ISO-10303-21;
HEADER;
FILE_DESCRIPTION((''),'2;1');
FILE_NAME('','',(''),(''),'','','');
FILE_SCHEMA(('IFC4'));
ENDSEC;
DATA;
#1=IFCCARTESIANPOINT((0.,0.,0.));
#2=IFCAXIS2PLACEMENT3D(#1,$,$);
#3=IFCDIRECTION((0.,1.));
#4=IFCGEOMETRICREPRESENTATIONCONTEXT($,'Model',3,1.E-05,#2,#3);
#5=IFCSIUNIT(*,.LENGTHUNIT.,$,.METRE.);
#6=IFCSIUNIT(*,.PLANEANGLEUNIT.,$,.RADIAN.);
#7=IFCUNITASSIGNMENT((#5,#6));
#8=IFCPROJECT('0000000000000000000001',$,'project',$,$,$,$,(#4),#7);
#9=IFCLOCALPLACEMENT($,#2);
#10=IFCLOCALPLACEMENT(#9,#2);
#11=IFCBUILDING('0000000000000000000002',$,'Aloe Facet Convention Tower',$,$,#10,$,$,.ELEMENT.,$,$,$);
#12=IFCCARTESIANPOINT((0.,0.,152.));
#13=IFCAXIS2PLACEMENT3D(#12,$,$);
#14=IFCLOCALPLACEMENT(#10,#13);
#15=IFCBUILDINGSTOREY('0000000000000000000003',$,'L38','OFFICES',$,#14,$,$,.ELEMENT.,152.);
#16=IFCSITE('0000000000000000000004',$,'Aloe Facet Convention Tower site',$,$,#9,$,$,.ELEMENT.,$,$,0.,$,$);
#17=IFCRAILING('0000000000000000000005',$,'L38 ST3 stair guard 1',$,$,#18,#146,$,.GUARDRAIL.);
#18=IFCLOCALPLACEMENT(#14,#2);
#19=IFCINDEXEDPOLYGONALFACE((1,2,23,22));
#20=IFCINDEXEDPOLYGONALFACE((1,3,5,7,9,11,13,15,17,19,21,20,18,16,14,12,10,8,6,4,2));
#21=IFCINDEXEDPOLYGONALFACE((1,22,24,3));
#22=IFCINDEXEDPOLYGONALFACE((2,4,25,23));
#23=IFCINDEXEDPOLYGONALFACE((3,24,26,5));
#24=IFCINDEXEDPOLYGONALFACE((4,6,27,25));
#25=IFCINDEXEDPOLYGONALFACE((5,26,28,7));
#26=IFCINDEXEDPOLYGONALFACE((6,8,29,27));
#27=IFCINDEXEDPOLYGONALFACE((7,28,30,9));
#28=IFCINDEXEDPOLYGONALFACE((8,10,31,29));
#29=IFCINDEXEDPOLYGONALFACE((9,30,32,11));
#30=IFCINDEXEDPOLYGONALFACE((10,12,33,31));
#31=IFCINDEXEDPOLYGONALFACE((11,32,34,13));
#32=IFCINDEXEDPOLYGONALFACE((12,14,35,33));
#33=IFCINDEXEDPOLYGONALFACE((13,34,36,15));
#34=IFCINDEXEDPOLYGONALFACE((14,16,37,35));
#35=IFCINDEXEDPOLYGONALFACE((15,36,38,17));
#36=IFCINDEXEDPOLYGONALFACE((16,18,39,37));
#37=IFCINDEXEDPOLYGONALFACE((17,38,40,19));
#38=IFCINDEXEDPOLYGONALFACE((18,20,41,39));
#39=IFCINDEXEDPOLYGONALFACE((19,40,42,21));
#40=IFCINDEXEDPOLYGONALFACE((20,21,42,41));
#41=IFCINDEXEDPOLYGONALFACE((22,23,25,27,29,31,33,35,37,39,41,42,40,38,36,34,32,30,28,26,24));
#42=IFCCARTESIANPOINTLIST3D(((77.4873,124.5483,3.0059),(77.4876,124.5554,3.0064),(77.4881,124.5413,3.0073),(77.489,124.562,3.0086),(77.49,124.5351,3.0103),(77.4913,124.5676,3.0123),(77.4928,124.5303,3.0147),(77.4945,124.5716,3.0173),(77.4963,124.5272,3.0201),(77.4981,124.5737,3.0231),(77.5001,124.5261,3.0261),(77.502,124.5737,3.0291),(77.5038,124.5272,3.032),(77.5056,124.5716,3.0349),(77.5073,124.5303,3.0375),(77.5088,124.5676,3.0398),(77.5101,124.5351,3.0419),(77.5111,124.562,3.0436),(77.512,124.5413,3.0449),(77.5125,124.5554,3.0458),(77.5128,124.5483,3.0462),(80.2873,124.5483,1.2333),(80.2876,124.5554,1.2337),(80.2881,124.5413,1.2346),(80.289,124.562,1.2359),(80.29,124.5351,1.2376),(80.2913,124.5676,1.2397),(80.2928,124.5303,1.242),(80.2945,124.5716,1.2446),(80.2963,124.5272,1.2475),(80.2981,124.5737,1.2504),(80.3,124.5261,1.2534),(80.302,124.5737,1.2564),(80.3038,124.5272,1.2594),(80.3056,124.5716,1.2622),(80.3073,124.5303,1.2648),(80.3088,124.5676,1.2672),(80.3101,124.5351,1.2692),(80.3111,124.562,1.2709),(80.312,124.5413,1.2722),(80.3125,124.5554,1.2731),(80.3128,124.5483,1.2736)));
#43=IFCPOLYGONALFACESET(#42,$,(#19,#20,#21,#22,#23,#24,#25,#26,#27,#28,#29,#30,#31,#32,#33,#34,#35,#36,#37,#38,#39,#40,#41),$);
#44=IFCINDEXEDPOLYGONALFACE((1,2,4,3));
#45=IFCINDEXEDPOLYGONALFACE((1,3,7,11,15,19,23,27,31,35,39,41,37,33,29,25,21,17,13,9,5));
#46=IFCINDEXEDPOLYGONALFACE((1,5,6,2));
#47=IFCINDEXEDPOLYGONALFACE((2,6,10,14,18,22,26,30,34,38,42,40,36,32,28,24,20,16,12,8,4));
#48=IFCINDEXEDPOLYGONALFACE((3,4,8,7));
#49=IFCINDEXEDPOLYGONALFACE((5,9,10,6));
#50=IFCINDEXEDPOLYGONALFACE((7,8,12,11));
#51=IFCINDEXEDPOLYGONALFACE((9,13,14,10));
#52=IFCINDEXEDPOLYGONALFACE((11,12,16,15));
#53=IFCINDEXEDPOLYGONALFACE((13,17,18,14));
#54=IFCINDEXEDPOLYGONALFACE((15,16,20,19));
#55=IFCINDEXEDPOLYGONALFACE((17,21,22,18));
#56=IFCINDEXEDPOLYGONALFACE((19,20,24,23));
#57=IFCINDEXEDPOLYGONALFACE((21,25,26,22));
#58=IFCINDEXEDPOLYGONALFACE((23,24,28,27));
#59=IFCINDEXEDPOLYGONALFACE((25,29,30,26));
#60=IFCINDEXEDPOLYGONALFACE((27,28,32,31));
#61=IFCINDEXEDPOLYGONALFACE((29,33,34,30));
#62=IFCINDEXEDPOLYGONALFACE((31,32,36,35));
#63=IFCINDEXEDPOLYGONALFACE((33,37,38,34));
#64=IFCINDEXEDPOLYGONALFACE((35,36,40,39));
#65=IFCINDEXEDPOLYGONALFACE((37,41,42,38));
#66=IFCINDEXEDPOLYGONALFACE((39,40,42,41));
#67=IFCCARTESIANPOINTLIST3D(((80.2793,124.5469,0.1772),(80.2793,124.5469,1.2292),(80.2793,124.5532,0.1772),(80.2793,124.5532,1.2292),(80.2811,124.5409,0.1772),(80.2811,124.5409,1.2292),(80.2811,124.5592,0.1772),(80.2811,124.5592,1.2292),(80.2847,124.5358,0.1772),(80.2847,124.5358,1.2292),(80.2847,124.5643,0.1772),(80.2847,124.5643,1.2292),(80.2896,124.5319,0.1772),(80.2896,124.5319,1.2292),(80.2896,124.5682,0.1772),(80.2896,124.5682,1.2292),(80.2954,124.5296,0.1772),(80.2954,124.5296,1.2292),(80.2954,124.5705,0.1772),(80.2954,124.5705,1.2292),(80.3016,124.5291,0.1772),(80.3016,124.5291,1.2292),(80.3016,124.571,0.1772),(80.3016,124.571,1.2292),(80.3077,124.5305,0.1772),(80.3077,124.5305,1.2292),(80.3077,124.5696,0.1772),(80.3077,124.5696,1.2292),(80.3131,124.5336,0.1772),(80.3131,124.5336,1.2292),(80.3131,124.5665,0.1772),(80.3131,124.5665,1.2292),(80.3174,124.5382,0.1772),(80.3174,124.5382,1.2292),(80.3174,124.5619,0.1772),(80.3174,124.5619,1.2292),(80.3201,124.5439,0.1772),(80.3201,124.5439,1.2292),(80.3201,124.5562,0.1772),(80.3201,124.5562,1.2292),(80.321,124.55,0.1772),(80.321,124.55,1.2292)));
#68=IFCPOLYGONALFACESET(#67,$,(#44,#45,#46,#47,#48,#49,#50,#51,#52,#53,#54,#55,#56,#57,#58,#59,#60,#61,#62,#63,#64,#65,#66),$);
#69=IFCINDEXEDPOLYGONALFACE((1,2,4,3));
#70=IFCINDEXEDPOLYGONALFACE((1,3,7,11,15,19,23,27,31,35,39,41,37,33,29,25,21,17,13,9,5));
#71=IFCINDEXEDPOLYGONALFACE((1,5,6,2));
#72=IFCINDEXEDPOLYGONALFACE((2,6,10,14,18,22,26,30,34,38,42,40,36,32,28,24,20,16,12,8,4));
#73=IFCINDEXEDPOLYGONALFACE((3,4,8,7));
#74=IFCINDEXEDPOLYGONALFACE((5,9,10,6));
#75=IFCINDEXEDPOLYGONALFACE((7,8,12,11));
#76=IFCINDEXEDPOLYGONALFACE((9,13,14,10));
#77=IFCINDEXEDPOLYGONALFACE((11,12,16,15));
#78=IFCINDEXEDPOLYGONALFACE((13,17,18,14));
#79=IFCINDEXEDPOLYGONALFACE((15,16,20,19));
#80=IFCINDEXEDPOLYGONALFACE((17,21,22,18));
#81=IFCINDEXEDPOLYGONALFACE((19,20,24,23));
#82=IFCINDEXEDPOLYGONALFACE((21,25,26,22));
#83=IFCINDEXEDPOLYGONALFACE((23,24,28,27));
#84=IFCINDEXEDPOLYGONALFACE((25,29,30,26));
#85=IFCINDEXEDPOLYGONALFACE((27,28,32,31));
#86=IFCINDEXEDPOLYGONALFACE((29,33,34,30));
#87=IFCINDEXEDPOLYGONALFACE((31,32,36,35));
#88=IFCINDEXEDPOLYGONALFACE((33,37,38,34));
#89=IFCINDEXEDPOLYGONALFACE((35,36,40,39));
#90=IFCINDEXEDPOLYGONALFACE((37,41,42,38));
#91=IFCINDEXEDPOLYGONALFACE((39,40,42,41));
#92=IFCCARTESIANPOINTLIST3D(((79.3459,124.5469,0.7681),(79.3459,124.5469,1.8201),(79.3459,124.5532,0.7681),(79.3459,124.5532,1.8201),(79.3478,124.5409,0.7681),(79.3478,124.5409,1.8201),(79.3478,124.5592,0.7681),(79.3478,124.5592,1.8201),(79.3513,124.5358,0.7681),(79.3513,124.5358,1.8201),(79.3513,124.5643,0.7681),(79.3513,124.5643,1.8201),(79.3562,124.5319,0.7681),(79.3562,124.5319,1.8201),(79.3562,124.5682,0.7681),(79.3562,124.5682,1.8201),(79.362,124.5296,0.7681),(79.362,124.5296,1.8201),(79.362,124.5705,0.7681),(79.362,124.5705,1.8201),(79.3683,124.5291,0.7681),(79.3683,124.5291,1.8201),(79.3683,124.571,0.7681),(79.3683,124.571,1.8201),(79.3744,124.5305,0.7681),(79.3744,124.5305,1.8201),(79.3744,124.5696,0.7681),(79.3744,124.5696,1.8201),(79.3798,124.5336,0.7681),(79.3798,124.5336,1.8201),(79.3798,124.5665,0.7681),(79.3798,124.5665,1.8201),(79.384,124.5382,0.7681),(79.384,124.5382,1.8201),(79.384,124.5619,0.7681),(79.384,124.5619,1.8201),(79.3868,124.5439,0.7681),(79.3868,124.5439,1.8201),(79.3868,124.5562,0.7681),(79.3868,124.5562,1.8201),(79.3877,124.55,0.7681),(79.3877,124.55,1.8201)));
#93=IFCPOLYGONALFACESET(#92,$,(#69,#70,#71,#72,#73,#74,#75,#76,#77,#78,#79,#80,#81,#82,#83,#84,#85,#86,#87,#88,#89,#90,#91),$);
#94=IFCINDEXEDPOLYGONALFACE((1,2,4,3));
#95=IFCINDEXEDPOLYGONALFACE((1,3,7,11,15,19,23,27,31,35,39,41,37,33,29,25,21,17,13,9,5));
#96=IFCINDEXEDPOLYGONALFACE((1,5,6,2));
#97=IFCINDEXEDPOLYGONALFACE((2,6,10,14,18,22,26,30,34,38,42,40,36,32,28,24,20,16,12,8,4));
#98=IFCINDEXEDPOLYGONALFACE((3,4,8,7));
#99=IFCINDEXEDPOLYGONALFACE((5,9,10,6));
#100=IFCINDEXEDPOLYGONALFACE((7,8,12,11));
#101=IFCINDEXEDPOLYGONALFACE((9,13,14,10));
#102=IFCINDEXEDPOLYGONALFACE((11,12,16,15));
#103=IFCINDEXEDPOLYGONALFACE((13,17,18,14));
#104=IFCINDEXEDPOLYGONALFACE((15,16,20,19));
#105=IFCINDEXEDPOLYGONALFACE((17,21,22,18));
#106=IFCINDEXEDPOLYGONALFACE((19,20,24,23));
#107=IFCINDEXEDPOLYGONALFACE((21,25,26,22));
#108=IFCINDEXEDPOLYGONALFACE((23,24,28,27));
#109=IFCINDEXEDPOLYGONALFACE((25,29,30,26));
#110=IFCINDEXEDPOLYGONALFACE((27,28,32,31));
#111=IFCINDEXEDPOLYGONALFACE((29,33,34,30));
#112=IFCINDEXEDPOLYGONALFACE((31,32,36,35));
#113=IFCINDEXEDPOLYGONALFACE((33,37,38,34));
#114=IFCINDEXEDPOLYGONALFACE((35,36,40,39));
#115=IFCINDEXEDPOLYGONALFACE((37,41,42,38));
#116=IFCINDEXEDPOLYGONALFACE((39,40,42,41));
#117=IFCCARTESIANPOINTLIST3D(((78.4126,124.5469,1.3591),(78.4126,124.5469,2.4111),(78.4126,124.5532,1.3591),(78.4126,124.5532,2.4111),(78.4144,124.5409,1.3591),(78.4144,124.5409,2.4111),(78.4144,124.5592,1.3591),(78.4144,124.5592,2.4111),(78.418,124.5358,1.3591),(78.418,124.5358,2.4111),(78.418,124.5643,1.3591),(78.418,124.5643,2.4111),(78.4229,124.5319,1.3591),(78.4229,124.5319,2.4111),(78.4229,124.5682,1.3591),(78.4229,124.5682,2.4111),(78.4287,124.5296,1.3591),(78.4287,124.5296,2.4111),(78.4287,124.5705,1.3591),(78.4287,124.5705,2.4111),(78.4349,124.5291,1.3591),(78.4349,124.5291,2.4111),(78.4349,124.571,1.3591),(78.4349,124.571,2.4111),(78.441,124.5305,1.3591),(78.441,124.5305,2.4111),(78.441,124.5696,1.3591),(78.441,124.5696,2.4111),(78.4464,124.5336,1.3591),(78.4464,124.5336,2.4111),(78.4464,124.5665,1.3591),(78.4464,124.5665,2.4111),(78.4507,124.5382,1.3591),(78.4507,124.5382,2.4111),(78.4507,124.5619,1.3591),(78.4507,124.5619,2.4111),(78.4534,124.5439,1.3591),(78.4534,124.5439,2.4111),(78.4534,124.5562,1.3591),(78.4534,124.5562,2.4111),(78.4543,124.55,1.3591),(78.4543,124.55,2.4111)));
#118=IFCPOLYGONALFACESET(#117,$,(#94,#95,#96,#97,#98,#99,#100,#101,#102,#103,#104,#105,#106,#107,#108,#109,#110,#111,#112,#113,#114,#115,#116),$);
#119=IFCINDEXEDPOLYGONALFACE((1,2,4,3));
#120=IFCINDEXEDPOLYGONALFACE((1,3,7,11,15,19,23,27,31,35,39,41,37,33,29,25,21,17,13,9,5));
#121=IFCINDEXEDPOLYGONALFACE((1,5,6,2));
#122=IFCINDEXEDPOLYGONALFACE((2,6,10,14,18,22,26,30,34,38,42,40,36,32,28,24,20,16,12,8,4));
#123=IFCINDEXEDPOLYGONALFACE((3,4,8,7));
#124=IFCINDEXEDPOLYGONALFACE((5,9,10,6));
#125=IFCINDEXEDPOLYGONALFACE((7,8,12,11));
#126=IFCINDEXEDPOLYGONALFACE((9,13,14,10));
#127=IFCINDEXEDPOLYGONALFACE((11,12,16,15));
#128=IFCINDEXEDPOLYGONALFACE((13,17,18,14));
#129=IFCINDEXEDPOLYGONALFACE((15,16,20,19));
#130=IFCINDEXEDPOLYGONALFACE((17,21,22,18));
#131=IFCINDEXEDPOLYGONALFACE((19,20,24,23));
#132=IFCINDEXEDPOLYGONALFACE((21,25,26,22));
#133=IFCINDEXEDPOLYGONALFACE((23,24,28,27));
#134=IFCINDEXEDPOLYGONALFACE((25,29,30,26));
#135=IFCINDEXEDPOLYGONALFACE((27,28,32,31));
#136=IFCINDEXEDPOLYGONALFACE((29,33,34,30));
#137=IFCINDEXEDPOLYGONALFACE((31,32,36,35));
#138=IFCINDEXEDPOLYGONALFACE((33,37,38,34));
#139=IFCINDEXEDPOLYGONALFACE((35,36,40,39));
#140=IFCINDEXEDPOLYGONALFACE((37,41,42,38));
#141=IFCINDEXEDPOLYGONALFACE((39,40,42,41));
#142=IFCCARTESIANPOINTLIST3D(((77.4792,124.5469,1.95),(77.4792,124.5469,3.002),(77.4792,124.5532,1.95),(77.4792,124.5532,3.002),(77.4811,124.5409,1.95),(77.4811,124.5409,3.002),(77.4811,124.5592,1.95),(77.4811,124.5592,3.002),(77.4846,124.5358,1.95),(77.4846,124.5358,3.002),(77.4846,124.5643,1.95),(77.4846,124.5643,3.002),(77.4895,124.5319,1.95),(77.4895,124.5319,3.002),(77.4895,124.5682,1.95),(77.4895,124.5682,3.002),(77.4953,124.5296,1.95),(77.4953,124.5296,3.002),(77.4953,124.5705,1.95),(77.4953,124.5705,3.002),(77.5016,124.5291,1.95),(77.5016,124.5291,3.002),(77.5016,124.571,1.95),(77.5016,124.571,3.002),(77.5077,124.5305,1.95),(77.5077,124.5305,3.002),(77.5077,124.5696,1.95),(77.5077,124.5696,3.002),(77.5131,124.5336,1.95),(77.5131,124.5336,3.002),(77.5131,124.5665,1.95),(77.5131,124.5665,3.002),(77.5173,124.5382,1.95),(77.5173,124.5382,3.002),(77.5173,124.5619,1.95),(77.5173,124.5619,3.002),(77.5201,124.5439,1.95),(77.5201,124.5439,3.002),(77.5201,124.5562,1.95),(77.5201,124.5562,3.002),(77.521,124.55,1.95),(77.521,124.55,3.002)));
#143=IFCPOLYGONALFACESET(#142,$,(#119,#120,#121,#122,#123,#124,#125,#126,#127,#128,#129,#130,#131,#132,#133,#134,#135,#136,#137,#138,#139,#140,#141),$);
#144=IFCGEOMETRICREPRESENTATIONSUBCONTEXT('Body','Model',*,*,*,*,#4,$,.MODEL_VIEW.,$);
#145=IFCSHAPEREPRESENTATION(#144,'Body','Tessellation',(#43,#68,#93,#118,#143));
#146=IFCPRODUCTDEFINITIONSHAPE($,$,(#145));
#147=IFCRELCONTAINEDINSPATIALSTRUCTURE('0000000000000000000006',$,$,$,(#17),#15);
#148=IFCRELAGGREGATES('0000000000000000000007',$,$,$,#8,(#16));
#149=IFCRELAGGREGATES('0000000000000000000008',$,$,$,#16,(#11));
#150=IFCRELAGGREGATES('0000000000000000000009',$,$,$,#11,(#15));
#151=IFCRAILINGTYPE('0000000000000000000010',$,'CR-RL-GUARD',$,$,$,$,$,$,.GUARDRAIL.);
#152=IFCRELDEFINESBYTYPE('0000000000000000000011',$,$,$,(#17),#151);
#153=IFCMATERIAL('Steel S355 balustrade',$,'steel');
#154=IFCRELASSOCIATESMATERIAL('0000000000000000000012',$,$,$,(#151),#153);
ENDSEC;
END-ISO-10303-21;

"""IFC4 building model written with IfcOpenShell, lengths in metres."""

from ifc_helpers import new_model, si_unit, direction, frame, origin, origin_2d, place, context, subcontext, project, spatial, circle, extrude, material, type_object, element, save


model = new_model("IFC4")

# Units and contexts
model_context = context("Model", 3, precision=1e-05, world=origin(), true_north=direction((0.0, 1.0)))
body_context = subcontext(model_context, "Body", "Model", "MODEL_VIEW")
ifc_project = project(units=[si_unit("LENGTHUNIT", "METRE"), si_unit("PLANEANGLEUNIT", "RADIAN")], contexts=[model_context])

# Site, building, storey
site_placement = place(None, origin())
site = spatial("IfcSite", under=ifc_project, at=site_placement, Name="Aloe Facet Convention Tower site", CompositionType="ELEMENT", RefElevation=0.0)
building_placement = place(site_placement, origin())
building = spatial("IfcBuilding", under=site, at=building_placement, Name="Aloe Facet Convention Tower", CompositionType="ELEMENT")
storey_placement = place(building_placement, frame((0.0, 0.0, 152.0)))
storey = spatial("IfcBuildingStorey", under=building, at=storey_placement, Name="L38", Description="OFFICES", CompositionType="ELEMENT", Elevation=152.0)

# Railing
ifc_material_1 = material(Name="Steel S355 balustrade", Category="steel")
railing_type_1 = type_object("IfcRailingType", Name="CR-RL-GUARD", PredefinedType="GUARDRAIL", material=ifc_material_1)
railing_1_placement = place(storey_placement, frame((80.3, 124.55, 0.1772)))
element("IfcRailing", 1, at=railing_1_placement, inside=storey, type_object=railing_type_1, Name="L38 ST3 stair guard 1", PredefinedType="GUARDRAIL", context=body_context, shape_type="SweptSolid", body=[
    extrude(circle(Radius=0.0239, at=origin_2d()), frame((0.0, 0.0, 1.0762), z_axis=(-0.844909, 0.0, 0.53491), x_axis=(0.0, -1.0, 0.0)), (0.0, 0.0, 1.0), 3.314),
    extrude(circle(Radius=0.021, at=origin_2d()), origin(), (0.0, 0.0, 1.0), 1.052),
    extrude(circle(Radius=0.021, at=origin_2d()), frame((-0.9333, 0.0, 0.5908)), (0.0, 0.0, 1.0), 1.052),
    extrude(circle(Radius=0.021, at=origin_2d()), frame((-1.8667, 0.0, 1.1819)), (0.0, 0.0, 1.0), 1.052),
    extrude(circle(Radius=0.021, at=origin_2d()), frame((-2.8, 0.0, 1.7727)), (0.0, 0.0, 1.0), 1.052),
])

save(model, "model.ifc")
